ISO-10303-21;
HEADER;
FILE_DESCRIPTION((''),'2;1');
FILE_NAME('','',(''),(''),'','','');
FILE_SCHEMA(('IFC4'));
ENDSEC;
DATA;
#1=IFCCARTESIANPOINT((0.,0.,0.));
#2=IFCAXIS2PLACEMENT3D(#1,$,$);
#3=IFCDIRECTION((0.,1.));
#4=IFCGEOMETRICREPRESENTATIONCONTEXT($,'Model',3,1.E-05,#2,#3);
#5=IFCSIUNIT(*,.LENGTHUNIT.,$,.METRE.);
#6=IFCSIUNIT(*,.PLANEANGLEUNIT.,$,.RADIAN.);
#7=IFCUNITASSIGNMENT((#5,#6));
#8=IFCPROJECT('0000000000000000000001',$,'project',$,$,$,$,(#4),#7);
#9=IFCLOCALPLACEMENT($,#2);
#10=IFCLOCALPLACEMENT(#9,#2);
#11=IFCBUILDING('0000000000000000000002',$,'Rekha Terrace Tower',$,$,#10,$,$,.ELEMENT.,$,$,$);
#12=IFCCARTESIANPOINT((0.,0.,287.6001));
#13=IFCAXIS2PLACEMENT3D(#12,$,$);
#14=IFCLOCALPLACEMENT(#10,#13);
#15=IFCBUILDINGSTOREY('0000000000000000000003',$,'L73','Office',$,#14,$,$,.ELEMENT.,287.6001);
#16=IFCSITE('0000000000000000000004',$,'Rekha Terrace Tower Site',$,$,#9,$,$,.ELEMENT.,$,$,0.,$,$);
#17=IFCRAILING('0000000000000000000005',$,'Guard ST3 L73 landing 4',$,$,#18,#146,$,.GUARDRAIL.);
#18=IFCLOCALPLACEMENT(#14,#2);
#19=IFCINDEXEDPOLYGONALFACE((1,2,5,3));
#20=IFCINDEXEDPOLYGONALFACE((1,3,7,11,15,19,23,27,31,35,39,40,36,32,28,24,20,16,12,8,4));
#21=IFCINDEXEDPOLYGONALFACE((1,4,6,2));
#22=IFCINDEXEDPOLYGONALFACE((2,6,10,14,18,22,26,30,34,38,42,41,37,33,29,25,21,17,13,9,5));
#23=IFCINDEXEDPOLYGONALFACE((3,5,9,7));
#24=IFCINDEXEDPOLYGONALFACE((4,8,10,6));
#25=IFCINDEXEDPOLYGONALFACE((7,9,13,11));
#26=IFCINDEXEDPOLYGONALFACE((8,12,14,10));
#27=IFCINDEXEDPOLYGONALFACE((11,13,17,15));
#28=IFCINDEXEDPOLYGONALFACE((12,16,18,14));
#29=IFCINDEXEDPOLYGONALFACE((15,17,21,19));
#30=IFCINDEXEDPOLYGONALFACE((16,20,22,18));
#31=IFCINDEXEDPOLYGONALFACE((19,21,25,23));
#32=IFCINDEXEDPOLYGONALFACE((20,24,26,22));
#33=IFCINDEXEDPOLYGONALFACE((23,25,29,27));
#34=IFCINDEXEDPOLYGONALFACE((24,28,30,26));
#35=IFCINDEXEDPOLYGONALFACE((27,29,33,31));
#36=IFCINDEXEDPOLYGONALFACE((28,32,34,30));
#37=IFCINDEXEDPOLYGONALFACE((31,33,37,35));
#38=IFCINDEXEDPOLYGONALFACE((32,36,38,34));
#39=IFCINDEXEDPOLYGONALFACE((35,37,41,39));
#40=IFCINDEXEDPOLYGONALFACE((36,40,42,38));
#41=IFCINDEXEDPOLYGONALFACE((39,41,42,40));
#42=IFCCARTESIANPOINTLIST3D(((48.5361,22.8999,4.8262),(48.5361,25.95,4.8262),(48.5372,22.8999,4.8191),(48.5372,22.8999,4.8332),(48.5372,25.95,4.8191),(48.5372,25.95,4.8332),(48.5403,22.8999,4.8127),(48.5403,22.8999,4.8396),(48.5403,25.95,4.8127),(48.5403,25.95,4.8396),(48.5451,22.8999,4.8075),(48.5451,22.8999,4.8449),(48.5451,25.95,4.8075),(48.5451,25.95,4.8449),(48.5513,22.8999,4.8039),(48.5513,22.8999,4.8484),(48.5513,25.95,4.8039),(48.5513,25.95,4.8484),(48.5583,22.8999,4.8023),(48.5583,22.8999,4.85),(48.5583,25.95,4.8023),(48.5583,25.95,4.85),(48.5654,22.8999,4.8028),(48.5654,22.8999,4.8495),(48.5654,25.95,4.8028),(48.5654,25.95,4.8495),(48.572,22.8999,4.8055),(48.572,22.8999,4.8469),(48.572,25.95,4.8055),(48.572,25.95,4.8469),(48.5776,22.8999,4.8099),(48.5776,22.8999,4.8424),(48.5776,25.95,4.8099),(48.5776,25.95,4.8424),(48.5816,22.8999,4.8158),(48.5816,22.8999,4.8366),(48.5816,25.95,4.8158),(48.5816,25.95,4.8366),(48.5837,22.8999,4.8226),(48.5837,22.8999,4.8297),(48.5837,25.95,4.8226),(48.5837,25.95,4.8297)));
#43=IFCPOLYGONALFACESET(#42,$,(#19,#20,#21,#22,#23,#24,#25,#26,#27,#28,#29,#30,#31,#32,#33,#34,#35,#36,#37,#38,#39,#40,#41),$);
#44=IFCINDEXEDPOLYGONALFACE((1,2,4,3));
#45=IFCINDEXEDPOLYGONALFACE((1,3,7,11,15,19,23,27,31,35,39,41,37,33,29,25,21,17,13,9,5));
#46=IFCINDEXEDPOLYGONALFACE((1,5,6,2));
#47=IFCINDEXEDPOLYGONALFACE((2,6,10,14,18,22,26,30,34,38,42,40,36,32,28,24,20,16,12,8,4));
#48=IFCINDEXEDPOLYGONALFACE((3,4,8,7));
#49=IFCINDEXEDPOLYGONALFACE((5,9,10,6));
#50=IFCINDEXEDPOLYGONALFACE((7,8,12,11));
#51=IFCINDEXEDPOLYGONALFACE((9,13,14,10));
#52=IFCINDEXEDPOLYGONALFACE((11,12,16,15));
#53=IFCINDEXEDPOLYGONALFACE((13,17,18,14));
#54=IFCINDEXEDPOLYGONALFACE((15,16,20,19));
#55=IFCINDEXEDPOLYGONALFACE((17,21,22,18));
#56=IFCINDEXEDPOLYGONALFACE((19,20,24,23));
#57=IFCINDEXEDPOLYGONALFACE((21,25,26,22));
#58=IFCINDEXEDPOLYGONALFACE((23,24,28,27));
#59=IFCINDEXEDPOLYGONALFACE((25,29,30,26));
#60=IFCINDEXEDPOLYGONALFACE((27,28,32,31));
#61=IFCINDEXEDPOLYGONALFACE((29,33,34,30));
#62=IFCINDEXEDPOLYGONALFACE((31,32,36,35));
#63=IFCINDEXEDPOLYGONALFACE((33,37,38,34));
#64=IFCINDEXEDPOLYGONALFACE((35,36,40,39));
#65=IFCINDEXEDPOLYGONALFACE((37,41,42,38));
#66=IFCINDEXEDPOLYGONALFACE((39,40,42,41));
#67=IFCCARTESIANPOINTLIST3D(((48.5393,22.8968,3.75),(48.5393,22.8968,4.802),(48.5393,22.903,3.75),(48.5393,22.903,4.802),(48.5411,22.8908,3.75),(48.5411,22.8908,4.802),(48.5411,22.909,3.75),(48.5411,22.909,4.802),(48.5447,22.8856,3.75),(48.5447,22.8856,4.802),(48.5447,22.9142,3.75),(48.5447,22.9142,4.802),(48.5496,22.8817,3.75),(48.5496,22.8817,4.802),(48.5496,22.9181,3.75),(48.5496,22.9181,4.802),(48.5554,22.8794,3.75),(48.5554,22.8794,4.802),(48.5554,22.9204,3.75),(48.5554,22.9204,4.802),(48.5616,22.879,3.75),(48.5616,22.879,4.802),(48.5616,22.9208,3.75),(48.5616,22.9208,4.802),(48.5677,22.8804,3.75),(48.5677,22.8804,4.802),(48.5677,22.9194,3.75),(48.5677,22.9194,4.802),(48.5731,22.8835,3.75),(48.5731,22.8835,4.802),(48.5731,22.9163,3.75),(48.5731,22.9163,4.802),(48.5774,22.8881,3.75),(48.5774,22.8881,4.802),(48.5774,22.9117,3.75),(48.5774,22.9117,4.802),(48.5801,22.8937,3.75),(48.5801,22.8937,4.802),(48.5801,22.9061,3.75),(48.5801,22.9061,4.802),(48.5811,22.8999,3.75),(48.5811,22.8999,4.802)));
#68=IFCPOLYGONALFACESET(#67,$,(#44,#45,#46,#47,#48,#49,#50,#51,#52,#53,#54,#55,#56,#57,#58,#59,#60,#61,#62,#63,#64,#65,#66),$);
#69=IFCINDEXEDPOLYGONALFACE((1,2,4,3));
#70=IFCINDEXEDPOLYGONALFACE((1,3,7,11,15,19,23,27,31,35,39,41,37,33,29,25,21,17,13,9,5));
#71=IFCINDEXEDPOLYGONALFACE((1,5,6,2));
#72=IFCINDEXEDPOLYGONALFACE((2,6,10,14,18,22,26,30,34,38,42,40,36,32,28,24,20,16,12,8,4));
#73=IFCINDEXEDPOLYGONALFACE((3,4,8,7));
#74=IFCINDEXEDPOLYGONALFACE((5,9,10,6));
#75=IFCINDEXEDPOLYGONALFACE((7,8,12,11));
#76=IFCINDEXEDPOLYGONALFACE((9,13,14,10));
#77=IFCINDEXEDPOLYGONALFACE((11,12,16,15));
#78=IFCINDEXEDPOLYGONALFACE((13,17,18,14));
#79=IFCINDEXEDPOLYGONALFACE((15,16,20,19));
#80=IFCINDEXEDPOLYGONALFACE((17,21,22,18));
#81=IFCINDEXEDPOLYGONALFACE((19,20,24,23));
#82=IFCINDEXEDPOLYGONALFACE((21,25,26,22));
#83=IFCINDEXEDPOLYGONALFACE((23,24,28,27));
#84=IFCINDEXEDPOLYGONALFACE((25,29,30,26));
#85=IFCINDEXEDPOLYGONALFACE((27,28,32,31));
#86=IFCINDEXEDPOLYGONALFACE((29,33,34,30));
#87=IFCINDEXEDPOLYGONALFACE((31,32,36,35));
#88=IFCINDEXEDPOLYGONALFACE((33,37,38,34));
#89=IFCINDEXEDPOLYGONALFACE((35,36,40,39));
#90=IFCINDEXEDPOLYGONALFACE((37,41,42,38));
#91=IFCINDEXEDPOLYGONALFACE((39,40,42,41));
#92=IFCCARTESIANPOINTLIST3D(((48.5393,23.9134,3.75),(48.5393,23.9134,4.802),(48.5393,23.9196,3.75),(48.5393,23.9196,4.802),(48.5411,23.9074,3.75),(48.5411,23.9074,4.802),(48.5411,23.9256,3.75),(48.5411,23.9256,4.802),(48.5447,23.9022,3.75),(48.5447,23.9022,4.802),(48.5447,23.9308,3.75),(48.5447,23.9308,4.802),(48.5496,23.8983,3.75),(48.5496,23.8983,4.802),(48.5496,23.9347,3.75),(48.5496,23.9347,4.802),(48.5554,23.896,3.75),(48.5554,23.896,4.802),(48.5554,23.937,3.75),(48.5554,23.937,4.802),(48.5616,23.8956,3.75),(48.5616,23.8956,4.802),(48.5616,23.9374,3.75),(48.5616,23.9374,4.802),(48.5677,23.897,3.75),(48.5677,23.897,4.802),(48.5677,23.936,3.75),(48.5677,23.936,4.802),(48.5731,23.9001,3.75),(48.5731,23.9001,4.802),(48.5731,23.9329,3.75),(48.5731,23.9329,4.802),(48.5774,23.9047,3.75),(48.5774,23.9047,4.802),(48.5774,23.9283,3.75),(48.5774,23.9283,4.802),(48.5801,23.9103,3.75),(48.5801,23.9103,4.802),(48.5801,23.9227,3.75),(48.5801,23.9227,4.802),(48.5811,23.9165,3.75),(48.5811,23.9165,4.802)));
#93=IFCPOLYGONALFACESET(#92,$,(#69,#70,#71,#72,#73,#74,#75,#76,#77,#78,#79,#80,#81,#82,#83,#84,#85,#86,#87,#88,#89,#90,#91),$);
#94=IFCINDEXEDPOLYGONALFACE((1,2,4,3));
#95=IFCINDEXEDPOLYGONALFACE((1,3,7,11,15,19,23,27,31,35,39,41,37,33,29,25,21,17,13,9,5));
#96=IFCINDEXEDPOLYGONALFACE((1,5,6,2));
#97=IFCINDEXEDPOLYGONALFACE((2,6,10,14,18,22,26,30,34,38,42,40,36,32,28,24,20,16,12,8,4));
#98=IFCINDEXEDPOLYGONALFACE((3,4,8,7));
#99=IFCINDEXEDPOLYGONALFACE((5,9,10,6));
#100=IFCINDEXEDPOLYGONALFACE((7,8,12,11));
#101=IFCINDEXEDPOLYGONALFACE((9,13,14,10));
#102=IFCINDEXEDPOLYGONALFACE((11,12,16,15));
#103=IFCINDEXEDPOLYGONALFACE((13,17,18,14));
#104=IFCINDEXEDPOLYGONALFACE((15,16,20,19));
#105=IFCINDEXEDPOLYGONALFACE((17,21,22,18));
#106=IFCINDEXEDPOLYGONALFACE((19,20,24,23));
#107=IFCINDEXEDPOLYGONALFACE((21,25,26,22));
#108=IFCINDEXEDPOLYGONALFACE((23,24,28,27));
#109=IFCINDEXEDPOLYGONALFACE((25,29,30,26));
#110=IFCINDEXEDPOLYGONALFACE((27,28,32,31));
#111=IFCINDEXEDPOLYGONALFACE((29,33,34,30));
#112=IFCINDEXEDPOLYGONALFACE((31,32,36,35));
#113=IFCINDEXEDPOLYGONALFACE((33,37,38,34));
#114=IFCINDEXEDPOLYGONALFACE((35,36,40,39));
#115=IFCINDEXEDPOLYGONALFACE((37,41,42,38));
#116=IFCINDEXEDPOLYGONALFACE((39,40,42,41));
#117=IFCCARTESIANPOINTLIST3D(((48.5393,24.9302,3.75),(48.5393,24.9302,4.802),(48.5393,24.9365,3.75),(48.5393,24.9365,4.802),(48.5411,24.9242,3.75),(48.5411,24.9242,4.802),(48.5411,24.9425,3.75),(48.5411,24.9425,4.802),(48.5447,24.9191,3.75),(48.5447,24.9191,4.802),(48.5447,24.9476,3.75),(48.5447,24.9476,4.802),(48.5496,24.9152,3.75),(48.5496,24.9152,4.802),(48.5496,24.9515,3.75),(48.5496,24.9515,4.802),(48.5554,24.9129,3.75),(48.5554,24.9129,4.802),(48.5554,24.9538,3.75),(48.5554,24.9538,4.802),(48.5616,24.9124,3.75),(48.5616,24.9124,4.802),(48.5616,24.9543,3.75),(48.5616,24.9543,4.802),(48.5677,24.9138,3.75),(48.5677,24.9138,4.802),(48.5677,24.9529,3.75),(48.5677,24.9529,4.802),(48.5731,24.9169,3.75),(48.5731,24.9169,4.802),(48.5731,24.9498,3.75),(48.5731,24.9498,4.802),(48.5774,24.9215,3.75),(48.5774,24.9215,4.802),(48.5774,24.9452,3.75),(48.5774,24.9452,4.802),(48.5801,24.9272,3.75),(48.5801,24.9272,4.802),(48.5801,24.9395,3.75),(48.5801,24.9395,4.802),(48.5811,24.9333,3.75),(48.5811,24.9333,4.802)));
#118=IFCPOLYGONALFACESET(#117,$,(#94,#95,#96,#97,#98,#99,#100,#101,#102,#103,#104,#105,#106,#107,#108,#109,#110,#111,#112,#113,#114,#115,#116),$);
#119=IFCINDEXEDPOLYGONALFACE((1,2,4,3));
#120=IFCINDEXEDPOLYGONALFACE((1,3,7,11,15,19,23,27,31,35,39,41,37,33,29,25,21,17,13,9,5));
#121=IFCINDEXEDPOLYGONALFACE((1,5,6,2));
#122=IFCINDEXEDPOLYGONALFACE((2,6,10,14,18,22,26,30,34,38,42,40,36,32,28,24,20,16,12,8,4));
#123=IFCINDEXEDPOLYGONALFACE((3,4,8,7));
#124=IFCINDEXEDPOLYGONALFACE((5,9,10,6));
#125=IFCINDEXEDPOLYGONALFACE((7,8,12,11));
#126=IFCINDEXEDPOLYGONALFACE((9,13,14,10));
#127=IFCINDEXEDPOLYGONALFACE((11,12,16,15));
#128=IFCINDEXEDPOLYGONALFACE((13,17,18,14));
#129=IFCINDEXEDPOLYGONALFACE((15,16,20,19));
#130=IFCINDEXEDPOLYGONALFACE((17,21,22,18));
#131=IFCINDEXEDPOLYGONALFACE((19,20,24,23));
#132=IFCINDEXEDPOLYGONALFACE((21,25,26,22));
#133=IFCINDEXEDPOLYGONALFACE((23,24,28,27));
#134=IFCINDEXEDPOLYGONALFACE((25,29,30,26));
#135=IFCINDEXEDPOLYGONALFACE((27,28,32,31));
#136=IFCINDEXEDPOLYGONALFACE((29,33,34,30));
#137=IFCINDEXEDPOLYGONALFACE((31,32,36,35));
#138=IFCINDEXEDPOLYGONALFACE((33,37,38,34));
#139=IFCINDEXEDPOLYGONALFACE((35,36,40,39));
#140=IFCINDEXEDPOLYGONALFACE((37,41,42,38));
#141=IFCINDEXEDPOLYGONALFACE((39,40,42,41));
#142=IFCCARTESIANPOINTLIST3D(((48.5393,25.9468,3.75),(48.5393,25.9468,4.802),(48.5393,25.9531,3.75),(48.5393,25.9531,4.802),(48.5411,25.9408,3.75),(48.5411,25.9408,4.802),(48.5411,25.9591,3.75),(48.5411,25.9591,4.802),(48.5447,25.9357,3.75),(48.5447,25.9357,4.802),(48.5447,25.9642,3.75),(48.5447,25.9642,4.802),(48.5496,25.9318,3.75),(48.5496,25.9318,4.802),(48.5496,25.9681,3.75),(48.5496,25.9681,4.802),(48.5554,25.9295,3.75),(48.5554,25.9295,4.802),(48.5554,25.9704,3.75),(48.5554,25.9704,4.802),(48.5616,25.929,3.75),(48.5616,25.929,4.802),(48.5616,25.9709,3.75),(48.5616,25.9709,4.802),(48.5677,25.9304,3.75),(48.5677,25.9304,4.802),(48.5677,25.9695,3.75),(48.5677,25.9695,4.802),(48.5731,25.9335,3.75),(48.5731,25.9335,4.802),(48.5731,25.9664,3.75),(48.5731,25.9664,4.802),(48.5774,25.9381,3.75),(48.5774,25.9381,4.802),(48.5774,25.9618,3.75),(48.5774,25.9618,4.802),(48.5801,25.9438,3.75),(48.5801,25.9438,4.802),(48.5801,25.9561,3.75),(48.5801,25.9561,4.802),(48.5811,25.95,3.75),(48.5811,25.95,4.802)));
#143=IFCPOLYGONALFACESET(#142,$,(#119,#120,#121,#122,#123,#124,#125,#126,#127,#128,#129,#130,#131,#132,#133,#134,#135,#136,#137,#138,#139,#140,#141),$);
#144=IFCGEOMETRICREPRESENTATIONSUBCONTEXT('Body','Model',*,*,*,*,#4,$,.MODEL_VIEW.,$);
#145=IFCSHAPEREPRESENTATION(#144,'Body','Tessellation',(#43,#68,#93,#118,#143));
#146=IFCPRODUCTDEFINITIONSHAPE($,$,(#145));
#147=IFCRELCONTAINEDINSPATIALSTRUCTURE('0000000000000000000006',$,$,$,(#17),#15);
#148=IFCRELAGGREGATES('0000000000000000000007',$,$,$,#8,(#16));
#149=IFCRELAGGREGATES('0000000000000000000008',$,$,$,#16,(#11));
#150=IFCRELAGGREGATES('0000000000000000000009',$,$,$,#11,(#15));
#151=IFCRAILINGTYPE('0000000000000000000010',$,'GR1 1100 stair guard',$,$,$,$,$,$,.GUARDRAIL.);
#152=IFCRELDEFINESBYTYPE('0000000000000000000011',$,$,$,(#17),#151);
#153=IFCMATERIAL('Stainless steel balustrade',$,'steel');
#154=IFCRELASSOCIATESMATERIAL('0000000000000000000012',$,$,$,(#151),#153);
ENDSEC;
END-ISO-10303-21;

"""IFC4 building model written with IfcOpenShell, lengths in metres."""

from ifc_helpers import new_model, si_unit, direction, frame, origin, origin_2d, place, context, subcontext, project, spatial, circle, extrude, material, type_object, element, save


model = new_model("IFC4")

# Units and contexts
model_context = context("Model", 3, precision=1e-05, world=origin(), true_north=direction((0.0, 1.0)))
body_context = subcontext(model_context, "Body", "Model", "MODEL_VIEW")
ifc_project = project(units=[si_unit("LENGTHUNIT", "METRE"), si_unit("PLANEANGLEUNIT", "RADIAN")], contexts=[model_context])

# Site, building, storey
site_placement = place(None, origin())
site = spatial("IfcSite", under=ifc_project, at=site_placement, Name="Rekha Terrace Tower Site", CompositionType="ELEMENT", RefElevation=0.0)
building_placement = place(site_placement, origin())
building = spatial("IfcBuilding", under=site, at=building_placement, Name="Rekha Terrace Tower", CompositionType="ELEMENT")
storey_placement = place(building_placement, frame((0.0, 0.0, 287.6001)))
storey = spatial("IfcBuildingStorey", under=building, at=storey_placement, Name="L73", Description="Office", CompositionType="ELEMENT", Elevation=287.6001)

# Railing
ifc_material_1 = material(Name="Stainless steel balustrade", Category="steel")
railing_type_1 = type_object("IfcRailingType", Name="GR1 1100 stair guard", PredefinedType="GUARDRAIL", material=ifc_material_1)
railing_1_placement = place(storey_placement, frame((48.5601, 22.8999, 3.75)))
element("IfcRailing", 1, at=railing_1_placement, inside=storey, type_object=railing_type_1, Name="Guard ST3 L73 landing 4", PredefinedType="GUARDRAIL", context=body_context, shape_type="SweptSolid", body=[
    extrude(circle(Radius=0.0239, at=origin_2d()), frame((0.0, 0.0, 1.0762), z_axis=(0.0, 1.0, 0.0), x_axis=(-1.0, 0.0, 0.0)), (0.0, 0.0, 1.0), 3.05),
    extrude(circle(Radius=0.021, at=origin_2d()), origin(), (0.0, 0.0, 1.0), 1.052),
    extrude(circle(Radius=0.021, at=origin_2d()), frame((0.0, 1.0166, 0.0)), (0.0, 0.0, 1.0), 1.052),
    extrude(circle(Radius=0.021, at=origin_2d()), frame((0.0, 2.0334, 0.0)), (0.0, 0.0, 1.0), 1.052),
    extrude(circle(Radius=0.021, at=origin_2d()), frame((0.0, 3.05, 0.0)), (0.0, 0.0, 1.0), 1.052),
])

save(model, "model.ifc")
